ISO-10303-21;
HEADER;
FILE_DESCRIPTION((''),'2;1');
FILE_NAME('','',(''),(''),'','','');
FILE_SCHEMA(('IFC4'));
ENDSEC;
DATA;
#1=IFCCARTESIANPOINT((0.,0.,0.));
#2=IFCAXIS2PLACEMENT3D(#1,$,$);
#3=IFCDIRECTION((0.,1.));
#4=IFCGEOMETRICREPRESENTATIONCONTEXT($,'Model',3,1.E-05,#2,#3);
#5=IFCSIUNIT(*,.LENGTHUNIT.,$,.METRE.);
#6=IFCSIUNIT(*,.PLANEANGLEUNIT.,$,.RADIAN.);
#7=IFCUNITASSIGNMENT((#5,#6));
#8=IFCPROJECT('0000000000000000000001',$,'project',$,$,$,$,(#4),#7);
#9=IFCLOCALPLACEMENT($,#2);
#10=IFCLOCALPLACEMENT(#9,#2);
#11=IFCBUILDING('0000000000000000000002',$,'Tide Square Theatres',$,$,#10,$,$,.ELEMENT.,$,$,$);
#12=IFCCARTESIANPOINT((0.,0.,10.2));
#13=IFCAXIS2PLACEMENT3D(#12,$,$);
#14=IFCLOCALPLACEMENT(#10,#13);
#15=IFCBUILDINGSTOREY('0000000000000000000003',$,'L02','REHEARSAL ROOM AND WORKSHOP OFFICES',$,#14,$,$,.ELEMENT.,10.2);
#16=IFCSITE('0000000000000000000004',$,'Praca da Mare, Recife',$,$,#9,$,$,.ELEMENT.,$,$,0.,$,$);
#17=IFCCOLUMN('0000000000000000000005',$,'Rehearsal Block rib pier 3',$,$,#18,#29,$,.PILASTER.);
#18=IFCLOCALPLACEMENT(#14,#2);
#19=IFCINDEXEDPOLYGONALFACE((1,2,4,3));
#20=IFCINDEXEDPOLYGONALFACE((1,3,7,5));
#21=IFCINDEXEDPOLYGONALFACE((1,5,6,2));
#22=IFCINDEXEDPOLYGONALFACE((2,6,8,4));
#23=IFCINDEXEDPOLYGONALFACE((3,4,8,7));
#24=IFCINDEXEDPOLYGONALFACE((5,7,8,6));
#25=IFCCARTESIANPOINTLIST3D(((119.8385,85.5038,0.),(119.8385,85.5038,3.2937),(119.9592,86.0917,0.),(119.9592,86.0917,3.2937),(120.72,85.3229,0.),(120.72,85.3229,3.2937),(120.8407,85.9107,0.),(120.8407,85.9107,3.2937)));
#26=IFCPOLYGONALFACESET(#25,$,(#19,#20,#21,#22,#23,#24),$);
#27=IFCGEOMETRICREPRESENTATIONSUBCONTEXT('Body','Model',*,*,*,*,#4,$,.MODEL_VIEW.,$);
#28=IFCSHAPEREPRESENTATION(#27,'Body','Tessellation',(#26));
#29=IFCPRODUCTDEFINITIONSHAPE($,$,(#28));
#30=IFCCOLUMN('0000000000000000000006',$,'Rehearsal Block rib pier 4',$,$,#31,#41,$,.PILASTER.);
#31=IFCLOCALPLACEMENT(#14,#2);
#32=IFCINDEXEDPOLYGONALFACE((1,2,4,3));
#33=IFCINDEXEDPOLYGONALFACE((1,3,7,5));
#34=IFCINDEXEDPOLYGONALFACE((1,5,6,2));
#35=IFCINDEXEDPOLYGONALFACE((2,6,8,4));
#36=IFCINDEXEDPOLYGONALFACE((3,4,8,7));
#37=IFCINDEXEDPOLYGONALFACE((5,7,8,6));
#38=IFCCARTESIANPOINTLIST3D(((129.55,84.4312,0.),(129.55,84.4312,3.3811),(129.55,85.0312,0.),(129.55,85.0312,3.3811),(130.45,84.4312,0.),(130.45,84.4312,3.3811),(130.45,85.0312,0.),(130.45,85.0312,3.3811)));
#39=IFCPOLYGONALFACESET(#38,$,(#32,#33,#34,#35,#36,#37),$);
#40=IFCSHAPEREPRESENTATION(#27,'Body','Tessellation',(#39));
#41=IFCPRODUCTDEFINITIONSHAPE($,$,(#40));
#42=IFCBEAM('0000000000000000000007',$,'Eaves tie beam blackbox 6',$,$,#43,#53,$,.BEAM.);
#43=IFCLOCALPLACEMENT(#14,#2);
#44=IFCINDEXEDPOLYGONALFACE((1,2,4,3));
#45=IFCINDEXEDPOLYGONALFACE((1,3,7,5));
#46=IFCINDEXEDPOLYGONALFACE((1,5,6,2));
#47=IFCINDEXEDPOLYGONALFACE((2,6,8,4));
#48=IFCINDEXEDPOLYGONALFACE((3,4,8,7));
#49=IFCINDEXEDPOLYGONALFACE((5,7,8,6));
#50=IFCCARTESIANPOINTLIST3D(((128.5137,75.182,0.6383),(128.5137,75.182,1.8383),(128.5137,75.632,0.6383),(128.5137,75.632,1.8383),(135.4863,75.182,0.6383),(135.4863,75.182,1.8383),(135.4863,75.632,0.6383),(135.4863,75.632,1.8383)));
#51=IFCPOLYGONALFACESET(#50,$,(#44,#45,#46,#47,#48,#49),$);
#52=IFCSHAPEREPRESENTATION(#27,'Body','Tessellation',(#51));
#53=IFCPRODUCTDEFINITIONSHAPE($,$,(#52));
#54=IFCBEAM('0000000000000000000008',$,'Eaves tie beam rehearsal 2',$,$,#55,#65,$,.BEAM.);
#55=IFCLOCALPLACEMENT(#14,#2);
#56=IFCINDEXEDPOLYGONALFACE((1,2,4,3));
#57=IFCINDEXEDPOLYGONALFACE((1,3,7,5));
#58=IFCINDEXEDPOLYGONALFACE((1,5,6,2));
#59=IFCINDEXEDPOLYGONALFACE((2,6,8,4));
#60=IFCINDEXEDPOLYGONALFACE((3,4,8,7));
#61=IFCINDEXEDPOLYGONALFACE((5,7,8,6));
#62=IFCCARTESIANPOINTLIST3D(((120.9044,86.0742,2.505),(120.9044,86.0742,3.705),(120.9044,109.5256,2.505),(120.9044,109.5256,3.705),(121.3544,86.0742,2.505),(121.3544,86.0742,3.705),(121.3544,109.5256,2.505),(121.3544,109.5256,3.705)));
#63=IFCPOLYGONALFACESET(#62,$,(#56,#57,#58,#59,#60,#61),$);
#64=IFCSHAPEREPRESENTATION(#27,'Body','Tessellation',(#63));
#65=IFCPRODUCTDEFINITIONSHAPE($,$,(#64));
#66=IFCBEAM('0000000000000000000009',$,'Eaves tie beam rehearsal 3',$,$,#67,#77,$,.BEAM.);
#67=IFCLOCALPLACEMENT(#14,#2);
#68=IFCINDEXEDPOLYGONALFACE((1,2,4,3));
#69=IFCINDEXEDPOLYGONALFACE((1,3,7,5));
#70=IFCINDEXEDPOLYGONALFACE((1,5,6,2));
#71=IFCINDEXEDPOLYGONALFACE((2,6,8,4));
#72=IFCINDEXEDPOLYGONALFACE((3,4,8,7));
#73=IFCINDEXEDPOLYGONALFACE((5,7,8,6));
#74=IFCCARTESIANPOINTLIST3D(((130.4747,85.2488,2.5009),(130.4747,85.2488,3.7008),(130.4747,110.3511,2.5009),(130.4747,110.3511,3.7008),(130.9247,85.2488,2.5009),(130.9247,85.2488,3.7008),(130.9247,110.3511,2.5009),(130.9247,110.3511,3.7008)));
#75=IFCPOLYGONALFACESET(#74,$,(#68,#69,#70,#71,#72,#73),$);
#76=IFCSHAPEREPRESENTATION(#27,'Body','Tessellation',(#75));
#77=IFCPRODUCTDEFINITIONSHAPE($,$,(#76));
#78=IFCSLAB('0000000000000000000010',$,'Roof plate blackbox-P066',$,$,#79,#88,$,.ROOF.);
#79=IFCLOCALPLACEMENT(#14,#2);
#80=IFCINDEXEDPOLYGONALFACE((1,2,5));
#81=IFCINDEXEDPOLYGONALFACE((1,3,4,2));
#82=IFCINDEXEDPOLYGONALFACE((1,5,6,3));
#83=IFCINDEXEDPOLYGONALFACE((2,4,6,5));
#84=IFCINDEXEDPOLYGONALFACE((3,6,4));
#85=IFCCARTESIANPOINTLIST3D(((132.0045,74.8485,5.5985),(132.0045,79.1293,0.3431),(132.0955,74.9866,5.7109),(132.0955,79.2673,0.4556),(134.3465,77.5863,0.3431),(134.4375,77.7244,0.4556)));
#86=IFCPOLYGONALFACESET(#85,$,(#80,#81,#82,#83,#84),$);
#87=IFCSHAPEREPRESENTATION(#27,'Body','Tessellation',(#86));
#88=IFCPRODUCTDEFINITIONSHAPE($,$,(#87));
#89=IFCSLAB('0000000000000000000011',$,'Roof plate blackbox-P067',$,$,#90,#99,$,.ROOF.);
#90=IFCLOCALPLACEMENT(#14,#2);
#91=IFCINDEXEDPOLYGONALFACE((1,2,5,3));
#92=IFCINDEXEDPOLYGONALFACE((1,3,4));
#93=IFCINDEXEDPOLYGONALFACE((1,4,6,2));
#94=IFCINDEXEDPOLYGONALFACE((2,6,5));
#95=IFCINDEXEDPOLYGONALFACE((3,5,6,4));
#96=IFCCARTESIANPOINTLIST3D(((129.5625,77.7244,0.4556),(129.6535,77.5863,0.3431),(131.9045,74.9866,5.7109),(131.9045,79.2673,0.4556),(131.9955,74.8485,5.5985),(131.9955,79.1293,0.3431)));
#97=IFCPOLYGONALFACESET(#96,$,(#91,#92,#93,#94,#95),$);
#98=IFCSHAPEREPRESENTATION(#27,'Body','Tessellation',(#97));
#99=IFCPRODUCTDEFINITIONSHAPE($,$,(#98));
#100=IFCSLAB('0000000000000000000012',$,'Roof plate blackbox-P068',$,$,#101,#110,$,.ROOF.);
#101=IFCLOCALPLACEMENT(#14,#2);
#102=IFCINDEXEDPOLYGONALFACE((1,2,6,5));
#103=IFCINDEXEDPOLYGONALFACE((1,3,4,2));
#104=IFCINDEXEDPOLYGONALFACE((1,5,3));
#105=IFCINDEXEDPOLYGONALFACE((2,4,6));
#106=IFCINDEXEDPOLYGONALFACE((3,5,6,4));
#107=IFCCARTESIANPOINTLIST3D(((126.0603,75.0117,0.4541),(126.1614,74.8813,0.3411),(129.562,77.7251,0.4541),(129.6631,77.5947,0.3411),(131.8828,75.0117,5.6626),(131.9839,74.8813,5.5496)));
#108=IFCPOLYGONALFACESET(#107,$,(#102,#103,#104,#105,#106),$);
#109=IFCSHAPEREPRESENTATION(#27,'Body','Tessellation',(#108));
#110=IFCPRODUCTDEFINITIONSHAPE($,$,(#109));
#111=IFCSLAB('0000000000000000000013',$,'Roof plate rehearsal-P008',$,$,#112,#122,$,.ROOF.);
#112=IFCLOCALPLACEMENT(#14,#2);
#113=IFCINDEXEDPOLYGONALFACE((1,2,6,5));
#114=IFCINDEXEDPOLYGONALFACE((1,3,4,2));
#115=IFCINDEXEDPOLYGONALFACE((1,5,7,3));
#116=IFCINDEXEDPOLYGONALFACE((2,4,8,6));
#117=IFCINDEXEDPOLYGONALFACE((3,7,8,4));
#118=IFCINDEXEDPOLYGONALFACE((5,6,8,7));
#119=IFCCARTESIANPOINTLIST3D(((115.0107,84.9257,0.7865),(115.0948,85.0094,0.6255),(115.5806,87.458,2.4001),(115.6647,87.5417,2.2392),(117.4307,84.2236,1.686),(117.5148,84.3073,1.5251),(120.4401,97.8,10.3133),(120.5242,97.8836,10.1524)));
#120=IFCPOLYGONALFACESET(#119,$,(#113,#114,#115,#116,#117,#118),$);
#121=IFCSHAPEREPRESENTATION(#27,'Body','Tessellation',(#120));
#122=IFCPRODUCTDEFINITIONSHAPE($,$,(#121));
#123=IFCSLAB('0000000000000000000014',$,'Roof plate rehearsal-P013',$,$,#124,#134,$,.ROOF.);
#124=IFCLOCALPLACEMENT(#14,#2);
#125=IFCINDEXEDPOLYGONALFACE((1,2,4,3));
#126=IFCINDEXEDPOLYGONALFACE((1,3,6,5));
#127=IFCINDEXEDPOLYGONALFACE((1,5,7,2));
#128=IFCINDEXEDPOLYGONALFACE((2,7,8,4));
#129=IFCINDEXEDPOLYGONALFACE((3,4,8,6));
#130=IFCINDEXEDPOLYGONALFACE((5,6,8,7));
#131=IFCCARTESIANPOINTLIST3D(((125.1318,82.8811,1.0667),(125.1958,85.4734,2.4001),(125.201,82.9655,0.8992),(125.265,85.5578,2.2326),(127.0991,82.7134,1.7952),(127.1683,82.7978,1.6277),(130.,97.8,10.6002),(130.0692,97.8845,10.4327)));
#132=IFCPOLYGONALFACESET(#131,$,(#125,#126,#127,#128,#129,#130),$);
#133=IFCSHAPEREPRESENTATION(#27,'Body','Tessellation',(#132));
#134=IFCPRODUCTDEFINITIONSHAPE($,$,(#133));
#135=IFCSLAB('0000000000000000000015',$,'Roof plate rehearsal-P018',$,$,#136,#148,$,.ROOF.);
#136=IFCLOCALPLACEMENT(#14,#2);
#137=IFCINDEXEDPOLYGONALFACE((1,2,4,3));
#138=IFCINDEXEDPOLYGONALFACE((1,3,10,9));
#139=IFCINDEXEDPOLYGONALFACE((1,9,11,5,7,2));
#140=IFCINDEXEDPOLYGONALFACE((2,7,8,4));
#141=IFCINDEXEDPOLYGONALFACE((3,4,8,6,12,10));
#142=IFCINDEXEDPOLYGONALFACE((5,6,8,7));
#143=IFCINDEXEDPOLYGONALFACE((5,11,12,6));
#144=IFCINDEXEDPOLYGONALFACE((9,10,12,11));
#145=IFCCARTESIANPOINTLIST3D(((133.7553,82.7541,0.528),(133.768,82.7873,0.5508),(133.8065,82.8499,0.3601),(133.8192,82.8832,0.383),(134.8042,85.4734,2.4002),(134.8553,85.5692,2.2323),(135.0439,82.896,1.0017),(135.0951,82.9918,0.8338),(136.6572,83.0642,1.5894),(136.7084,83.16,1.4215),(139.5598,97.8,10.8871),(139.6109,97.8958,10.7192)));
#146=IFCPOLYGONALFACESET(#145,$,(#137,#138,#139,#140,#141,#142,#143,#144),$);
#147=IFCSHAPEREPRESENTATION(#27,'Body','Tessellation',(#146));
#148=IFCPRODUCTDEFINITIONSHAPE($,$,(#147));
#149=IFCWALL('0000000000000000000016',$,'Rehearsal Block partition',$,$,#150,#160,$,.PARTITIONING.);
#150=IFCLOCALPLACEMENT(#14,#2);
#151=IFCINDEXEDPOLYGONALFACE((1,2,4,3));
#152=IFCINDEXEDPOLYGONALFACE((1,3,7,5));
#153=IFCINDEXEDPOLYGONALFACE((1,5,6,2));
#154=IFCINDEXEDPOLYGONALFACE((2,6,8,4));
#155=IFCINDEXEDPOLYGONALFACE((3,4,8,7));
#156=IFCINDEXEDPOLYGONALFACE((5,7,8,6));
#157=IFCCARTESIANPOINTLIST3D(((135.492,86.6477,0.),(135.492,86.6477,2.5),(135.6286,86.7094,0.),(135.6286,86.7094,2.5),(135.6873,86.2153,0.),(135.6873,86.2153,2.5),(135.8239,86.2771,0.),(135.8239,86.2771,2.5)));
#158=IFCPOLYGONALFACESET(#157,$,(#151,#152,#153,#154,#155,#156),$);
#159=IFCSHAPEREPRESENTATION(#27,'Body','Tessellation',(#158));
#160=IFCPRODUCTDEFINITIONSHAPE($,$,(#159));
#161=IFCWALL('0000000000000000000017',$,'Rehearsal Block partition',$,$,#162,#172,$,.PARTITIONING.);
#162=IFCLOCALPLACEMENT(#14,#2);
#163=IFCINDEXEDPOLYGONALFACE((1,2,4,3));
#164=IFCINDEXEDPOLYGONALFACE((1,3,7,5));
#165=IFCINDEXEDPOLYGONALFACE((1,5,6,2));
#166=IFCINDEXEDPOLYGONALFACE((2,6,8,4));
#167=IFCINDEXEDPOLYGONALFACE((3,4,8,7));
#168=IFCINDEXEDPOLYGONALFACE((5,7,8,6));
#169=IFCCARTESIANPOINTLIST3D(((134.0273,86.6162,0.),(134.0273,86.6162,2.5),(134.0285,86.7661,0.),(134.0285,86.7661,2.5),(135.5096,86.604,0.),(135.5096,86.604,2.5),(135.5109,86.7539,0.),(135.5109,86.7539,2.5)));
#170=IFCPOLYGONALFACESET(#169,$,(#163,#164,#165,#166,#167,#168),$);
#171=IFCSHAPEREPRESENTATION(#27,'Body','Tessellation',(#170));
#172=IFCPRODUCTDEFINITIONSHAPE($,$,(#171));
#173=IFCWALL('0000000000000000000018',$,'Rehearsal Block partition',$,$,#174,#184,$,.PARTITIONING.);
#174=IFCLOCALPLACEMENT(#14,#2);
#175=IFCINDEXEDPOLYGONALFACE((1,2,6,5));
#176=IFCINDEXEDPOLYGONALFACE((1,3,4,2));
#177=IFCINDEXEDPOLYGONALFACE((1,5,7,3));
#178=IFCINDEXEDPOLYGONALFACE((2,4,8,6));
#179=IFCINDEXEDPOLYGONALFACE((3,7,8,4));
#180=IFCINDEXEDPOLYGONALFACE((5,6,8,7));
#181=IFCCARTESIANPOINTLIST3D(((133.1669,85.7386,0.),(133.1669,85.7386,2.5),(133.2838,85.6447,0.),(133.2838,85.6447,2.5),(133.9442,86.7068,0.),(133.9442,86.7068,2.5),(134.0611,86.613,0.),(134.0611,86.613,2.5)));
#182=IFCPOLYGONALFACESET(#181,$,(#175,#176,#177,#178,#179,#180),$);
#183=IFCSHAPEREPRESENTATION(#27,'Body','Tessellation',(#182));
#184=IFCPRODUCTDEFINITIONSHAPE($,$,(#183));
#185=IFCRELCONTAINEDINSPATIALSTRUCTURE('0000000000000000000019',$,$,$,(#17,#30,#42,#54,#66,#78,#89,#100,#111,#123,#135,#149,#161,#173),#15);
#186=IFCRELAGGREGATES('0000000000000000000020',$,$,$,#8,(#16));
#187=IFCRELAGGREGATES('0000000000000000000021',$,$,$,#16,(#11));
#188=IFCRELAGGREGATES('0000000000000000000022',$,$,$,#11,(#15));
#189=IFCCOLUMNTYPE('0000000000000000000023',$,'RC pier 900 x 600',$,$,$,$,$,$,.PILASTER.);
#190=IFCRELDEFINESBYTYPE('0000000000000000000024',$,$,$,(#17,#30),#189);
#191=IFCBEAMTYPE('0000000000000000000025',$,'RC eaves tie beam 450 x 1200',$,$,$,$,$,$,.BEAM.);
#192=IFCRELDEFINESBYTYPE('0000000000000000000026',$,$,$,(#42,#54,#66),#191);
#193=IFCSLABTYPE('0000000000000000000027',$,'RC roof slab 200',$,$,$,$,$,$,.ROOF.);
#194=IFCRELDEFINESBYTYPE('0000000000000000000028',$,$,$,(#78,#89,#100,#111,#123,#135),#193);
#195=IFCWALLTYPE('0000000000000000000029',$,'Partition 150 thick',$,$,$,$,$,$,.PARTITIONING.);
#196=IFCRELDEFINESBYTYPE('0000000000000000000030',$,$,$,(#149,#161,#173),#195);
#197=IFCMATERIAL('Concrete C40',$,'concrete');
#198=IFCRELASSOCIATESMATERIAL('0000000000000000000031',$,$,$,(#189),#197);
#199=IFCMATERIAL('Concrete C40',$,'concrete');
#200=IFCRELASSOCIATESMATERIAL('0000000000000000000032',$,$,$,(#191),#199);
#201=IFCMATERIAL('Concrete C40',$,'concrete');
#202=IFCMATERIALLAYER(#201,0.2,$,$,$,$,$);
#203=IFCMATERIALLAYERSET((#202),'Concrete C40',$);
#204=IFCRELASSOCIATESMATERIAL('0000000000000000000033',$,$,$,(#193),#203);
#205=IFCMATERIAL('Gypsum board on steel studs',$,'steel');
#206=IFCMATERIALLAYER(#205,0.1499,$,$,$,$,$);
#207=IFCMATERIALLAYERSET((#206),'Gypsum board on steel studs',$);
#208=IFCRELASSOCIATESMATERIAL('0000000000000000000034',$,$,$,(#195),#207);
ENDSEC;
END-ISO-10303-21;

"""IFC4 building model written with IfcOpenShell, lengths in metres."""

from ifc_helpers import new_model, si_unit, direction, frame, frame_2d, origin, origin_2d, place, context, subcontext, project, spatial, polyline, rectangle, outline, extrude, material, layer, layer_set, material_profile, profile_set, type_object, element, save


model = new_model("IFC4")

# Units and contexts
model_context = context("Model", 3, precision=1e-05, world=origin(), true_north=direction((0.0, 1.0)))
body_context = subcontext(model_context, "Body", "Model", "MODEL_VIEW")
ifc_project = project(units=[si_unit("LENGTHUNIT", "METRE"), si_unit("PLANEANGLEUNIT", "RADIAN")], contexts=[model_context])

# Site, building, storey
site_placement = place(None, origin())
site = spatial("IfcSite", under=ifc_project, at=site_placement, Name="Praca da Mare, Recife", CompositionType="ELEMENT", RefElevation=0.0)
building_placement = place(site_placement, origin())
building = spatial("IfcBuilding", under=site, at=building_placement, Name="Tide Square Theatres", CompositionType="ELEMENT")
storey_placement = place(building_placement, frame((0.0, 0.0, 10.2)))
storey = spatial("IfcBuildingStorey", under=building, at=storey_placement, Name="L02", Description="REHEARSAL ROOM AND WORKSHOP OFFICES", CompositionType="ELEMENT", Elevation=10.2)

# Columns
ifc_material_1 = material(Name="Concrete C40", Category="concrete")
ifc_material_profile_1 = material_profile(ifc_material_1, rectangle(XDim=0.8999, YDim=0.6001, at=origin_2d()))
ifc_profile_set_1 = profile_set([ifc_material_profile_1], Name="Concrete C40")
column_type = type_object("IfcColumnType", Name="RC pier 900 x 600", PredefinedType="PILASTER", material=ifc_profile_set_1)
column_1_placement = place(storey_placement, frame((120.3396, 85.7073, 0.0), z_axis=(0.0, 0.0, 1.0), x_axis=(0.979575, -0.201079, 0.0)))
element("IfcColumn", 1, at=column_1_placement, inside=storey, type_object=column_type, Name="Rehearsal Block rib pier 3", PredefinedType="PILASTER", context=body_context, shape_type="SweptSolid", body=[
    extrude(rectangle(XDim=0.8999, YDim=0.6001, at=origin_2d()), origin(), (0.0, 0.0, 1.0), 3.2937),
])
column_2_placement = place(storey_placement, frame((130.0, 84.7312, 0.0), z_axis=(0.0, 0.0, 1.0), x_axis=(1.0, 0.0, 0.0)))
element("IfcColumn", 2, at=column_2_placement, inside=storey, type_object=column_type, Name="Rehearsal Block rib pier 4", PredefinedType="PILASTER", context=body_context, shape_type="SweptSolid", body=[
    extrude(rectangle(XDim=0.8999, YDim=0.6001, at=origin_2d()), origin(), (0.0, 0.0, 1.0), 3.3811),
])

# Beams
ifc_material_2 = material(Name="Concrete C40", Category="concrete")
ifc_material_profile_2 = material_profile(ifc_material_2, rectangle(XDim=0.45, YDim=1.2, at=origin_2d()))
ifc_profile_set_2 = profile_set([ifc_material_profile_2], Name="Concrete C40")
beam_type = type_object("IfcBeamType", Name="RC eaves tie beam 450 x 1200", PredefinedType="BEAM", material=ifc_profile_set_2)
beam_1_placement = place(storey_placement, frame((135.4863, 75.407, 1.2383), z_axis=(-1.0, 0.0, 0.0), x_axis=(0.0, -1.0, 0.0)))
element("IfcBeam", 3, at=beam_1_placement, inside=storey, type_object=beam_type, Name="Eaves tie beam blackbox 6", PredefinedType="BEAM", context=body_context, shape_type="SweptSolid", body=[
    extrude(rectangle(XDim=0.45, YDim=1.2, at=origin_2d()), origin(), (0.0, 0.0, 1.0), 6.9727),
])
beam_2_placement = place(storey_placement, frame((121.1294, 86.0742, 3.105), z_axis=(0.0, 1.0, 0.0), x_axis=(-1.0, 0.0, 0.0)))
element("IfcBeam", 4, at=beam_2_placement, inside=storey, type_object=beam_type, Name="Eaves tie beam rehearsal 2", PredefinedType="BEAM", context=body_context, shape_type="SweptSolid", body=[
    extrude(rectangle(XDim=0.45, YDim=1.2, at=origin_2d()), origin(), (0.0, 0.0, 1.0), 23.4514),
])
beam_3_placement = place(storey_placement, frame((130.6997, 85.2488, 3.1008), z_axis=(0.0, 1.0, 0.0), x_axis=(-1.0, 0.0, 0.0)))
element("IfcBeam", 5, at=beam_3_placement, inside=storey, type_object=beam_type, Name="Eaves tie beam rehearsal 3", PredefinedType="BEAM", context=body_context, shape_type="SweptSolid", body=[
    extrude(rectangle(XDim=0.45, YDim=1.2, at=origin_2d()), origin(), (0.0, 0.0, 1.0), 25.1023),
])

# Slabs
ifc_material_3 = material(Name="Concrete C40", Category="concrete")
ifc_layer_1 = layer(ifc_material_3, 0.2)
ifc_layer_set_1 = layer_set([ifc_layer_1], Name="Concrete C40")
slab_type = type_object("IfcSlabType", Name="RC roof slab 200", PredefinedType="ROOF", material=ifc_layer_set_1)
slab_1_placement = place(storey_placement, frame((134.4375, 77.7244, 0.4556), z_axis=(0.454893, 0.690472, 0.562424), x_axis=(-0.835065, 0.550152, 0.0)))
element("IfcSlab", 6, at=slab_1_placement, inside=storey, type_object=slab_type, Name="Roof plate blackbox-P066", PredefinedType="ROOF", context=body_context, shape_type="SweptSolid", body=[
    extrude(outline(polyline([(0.0, 0.0), (2.8046, 0.0), (0.4496, 6.3559), (0.0, 0.0)])), origin(), (0.0, 0.0, -1.0), 0.2),
])
slab_2_placement = place(storey_placement, frame((131.9045, 79.2673, 0.4556), z_axis=(-0.454893, 0.690472, 0.562424), x_axis=(-0.835065, -0.550152, 0.0)))
element("IfcSlab", 7, at=slab_2_placement, inside=storey, type_object=slab_type, Name="Roof plate blackbox-P067", PredefinedType="ROOF", context=body_context, shape_type="SweptSolid", body=[
    extrude(outline(polyline([(0.0, 0.0), (2.8046, 0.0), (2.3551, 6.3559), (0.0, 0.0)])), origin(), (0.0, 0.0, -1.0), 0.2),
])
slab_3_placement = place(storey_placement, frame((129.562, 77.7251, 0.4541), z_axis=(-0.505389, 0.652222, 0.564968), x_axis=(-0.790464, -0.612509, 0.0)))
element("IfcSlab", 8, at=slab_3_placement, inside=storey, type_object=slab_type, Name="Roof plate blackbox-P068", PredefinedType="ROOF", context=body_context, shape_type="SweptSolid", body=[
    extrude(outline(polyline([(0.0, 0.0), (4.4299, 0.0), (-0.1725, 6.3125), (0.0, 0.0)])), origin(), (0.0, 0.0, -1.0), 0.2),
])
slab_4_placement = place(storey_placement, frame((117.4307, 84.2236, 1.686), z_axis=(-0.420611, -0.418336, 0.805035), x_axis=(0.183899, 0.82961, 0.527189)))
element("IfcSlab", 9, at=slab_4_placement, inside=storey, type_object=slab_type, Name="Roof plate rehearsal-P008", PredefinedType="ROOF", context=body_context, shape_type="SweptSolid", body=[
    extrude(outline(polyline([(0.0, 0.0), (16.3647, 0.0), (2.7195, 2.6454), (-0.3368, 2.6542), (0.0, 0.0)])), origin(), (0.0, 0.0, -1.0), 0.2),
])
slab_5_placement = place(storey_placement, frame((127.0991, 82.7134, 1.7952), z_axis=(-0.346183, -0.422354, 0.83772), x_axis=(0.163822, 0.851999, 0.497252)))
element("IfcSlab", 10, at=slab_5_placement, inside=storey, type_object=slab_type, Name="Roof plate rehearsal-P013", PredefinedType="ROOF", context=body_context, shape_type="SweptSolid", body=[
    extrude(outline(polyline([(0.0, 0.0), (17.7073, 0.0), (2.3405, 2.4755), (-0.5416, 2.0336), (0.0, 0.0)])), origin(), (0.0, 0.0, -1.0), 0.2),
])
slab_6_placement = place(storey_placement, frame((136.6572, 83.0642, 1.5894), z_axis=(-0.255829, -0.47932, 0.839526), x_axis=(0.16432, 0.834228, 0.526368)))
element("IfcSlab", 11, at=slab_6_placement, inside=storey, type_object=slab_type, Name="Roof plate rehearsal-P018", PredefinedType="ROOF", context=body_context, shape_type="SweptSolid", body=[
    extrude(outline(polyline([(0.0, 0.0), (17.664, 0.0), (2.1321, 2.3129), (-0.7147, 1.5702), (-1.2524, 2.8167), (-1.2942, 2.8229), (0.0, 0.0)])), origin(), (0.0, 0.0, -1.0), 0.2),
])

# Walls
ifc_material_4 = material(Name="Gypsum board on steel studs", Category="steel")
ifc_layer_2 = layer(ifc_material_4, 0.1499)
ifc_layer_set_2 = layer_set([ifc_layer_2], Name="Gypsum board on steel studs")
wall_type_1 = type_object("IfcWallType", Name="Partition 150 thick", PredefinedType="PARTITIONING", material=ifc_layer_set_2)
wall_1_placement = place(storey_placement, frame((135.7556, 86.2461, 0.0), z_axis=(0.0, 0.0, 1.0), x_axis=(-0.411669, 0.911333, 0.0)))
element("IfcWall", 12, at=wall_1_placement, inside=storey, type_object=wall_type_1, Name="Rehearsal Block partition", PredefinedType="PARTITIONING", context=body_context, shape_type="SweptSolid", body=[
    extrude(rectangle(XDim=0.4744, YDim=0.1499, at=frame_2d((0.2373, 0.0))), origin(), (0.0, 0.0, 1.0), 2.5),
])
wall_2_placement = place(storey_placement, frame((135.5103, 86.679, 0.0), z_axis=(0.0, 0.0, 1.0), x_axis=(-0.999966, 0.008234, 0.0)))
element("IfcWall", 13, at=wall_2_placement, inside=storey, type_object=wall_type_1, Name="Rehearsal Block partition", PredefinedType="PARTITIONING", context=body_context, shape_type="SweptSolid", body=[
    extrude(rectangle(XDim=1.4824, YDim=0.1499, at=frame_2d((0.7412, 0.0))), origin(), (0.0, 0.0, 1.0), 2.5),
])
wall_3_placement = place(storey_placement, frame((134.0027, 86.6599, 0.0), z_axis=(0.0, 0.0, 1.0), x_axis=(-0.626037, -0.779793, 0.0)))
element("IfcWall", 14, at=wall_3_placement, inside=storey, type_object=wall_type_1, Name="Rehearsal Block partition", PredefinedType="PARTITIONING", context=body_context, shape_type="SweptSolid", body=[
    extrude(rectangle(XDim=1.2417, YDim=0.1499, at=frame_2d((0.6208, 0.0))), origin(), (0.0, 0.0, 1.0), 2.5),
])

save(model, "model.ifc")
